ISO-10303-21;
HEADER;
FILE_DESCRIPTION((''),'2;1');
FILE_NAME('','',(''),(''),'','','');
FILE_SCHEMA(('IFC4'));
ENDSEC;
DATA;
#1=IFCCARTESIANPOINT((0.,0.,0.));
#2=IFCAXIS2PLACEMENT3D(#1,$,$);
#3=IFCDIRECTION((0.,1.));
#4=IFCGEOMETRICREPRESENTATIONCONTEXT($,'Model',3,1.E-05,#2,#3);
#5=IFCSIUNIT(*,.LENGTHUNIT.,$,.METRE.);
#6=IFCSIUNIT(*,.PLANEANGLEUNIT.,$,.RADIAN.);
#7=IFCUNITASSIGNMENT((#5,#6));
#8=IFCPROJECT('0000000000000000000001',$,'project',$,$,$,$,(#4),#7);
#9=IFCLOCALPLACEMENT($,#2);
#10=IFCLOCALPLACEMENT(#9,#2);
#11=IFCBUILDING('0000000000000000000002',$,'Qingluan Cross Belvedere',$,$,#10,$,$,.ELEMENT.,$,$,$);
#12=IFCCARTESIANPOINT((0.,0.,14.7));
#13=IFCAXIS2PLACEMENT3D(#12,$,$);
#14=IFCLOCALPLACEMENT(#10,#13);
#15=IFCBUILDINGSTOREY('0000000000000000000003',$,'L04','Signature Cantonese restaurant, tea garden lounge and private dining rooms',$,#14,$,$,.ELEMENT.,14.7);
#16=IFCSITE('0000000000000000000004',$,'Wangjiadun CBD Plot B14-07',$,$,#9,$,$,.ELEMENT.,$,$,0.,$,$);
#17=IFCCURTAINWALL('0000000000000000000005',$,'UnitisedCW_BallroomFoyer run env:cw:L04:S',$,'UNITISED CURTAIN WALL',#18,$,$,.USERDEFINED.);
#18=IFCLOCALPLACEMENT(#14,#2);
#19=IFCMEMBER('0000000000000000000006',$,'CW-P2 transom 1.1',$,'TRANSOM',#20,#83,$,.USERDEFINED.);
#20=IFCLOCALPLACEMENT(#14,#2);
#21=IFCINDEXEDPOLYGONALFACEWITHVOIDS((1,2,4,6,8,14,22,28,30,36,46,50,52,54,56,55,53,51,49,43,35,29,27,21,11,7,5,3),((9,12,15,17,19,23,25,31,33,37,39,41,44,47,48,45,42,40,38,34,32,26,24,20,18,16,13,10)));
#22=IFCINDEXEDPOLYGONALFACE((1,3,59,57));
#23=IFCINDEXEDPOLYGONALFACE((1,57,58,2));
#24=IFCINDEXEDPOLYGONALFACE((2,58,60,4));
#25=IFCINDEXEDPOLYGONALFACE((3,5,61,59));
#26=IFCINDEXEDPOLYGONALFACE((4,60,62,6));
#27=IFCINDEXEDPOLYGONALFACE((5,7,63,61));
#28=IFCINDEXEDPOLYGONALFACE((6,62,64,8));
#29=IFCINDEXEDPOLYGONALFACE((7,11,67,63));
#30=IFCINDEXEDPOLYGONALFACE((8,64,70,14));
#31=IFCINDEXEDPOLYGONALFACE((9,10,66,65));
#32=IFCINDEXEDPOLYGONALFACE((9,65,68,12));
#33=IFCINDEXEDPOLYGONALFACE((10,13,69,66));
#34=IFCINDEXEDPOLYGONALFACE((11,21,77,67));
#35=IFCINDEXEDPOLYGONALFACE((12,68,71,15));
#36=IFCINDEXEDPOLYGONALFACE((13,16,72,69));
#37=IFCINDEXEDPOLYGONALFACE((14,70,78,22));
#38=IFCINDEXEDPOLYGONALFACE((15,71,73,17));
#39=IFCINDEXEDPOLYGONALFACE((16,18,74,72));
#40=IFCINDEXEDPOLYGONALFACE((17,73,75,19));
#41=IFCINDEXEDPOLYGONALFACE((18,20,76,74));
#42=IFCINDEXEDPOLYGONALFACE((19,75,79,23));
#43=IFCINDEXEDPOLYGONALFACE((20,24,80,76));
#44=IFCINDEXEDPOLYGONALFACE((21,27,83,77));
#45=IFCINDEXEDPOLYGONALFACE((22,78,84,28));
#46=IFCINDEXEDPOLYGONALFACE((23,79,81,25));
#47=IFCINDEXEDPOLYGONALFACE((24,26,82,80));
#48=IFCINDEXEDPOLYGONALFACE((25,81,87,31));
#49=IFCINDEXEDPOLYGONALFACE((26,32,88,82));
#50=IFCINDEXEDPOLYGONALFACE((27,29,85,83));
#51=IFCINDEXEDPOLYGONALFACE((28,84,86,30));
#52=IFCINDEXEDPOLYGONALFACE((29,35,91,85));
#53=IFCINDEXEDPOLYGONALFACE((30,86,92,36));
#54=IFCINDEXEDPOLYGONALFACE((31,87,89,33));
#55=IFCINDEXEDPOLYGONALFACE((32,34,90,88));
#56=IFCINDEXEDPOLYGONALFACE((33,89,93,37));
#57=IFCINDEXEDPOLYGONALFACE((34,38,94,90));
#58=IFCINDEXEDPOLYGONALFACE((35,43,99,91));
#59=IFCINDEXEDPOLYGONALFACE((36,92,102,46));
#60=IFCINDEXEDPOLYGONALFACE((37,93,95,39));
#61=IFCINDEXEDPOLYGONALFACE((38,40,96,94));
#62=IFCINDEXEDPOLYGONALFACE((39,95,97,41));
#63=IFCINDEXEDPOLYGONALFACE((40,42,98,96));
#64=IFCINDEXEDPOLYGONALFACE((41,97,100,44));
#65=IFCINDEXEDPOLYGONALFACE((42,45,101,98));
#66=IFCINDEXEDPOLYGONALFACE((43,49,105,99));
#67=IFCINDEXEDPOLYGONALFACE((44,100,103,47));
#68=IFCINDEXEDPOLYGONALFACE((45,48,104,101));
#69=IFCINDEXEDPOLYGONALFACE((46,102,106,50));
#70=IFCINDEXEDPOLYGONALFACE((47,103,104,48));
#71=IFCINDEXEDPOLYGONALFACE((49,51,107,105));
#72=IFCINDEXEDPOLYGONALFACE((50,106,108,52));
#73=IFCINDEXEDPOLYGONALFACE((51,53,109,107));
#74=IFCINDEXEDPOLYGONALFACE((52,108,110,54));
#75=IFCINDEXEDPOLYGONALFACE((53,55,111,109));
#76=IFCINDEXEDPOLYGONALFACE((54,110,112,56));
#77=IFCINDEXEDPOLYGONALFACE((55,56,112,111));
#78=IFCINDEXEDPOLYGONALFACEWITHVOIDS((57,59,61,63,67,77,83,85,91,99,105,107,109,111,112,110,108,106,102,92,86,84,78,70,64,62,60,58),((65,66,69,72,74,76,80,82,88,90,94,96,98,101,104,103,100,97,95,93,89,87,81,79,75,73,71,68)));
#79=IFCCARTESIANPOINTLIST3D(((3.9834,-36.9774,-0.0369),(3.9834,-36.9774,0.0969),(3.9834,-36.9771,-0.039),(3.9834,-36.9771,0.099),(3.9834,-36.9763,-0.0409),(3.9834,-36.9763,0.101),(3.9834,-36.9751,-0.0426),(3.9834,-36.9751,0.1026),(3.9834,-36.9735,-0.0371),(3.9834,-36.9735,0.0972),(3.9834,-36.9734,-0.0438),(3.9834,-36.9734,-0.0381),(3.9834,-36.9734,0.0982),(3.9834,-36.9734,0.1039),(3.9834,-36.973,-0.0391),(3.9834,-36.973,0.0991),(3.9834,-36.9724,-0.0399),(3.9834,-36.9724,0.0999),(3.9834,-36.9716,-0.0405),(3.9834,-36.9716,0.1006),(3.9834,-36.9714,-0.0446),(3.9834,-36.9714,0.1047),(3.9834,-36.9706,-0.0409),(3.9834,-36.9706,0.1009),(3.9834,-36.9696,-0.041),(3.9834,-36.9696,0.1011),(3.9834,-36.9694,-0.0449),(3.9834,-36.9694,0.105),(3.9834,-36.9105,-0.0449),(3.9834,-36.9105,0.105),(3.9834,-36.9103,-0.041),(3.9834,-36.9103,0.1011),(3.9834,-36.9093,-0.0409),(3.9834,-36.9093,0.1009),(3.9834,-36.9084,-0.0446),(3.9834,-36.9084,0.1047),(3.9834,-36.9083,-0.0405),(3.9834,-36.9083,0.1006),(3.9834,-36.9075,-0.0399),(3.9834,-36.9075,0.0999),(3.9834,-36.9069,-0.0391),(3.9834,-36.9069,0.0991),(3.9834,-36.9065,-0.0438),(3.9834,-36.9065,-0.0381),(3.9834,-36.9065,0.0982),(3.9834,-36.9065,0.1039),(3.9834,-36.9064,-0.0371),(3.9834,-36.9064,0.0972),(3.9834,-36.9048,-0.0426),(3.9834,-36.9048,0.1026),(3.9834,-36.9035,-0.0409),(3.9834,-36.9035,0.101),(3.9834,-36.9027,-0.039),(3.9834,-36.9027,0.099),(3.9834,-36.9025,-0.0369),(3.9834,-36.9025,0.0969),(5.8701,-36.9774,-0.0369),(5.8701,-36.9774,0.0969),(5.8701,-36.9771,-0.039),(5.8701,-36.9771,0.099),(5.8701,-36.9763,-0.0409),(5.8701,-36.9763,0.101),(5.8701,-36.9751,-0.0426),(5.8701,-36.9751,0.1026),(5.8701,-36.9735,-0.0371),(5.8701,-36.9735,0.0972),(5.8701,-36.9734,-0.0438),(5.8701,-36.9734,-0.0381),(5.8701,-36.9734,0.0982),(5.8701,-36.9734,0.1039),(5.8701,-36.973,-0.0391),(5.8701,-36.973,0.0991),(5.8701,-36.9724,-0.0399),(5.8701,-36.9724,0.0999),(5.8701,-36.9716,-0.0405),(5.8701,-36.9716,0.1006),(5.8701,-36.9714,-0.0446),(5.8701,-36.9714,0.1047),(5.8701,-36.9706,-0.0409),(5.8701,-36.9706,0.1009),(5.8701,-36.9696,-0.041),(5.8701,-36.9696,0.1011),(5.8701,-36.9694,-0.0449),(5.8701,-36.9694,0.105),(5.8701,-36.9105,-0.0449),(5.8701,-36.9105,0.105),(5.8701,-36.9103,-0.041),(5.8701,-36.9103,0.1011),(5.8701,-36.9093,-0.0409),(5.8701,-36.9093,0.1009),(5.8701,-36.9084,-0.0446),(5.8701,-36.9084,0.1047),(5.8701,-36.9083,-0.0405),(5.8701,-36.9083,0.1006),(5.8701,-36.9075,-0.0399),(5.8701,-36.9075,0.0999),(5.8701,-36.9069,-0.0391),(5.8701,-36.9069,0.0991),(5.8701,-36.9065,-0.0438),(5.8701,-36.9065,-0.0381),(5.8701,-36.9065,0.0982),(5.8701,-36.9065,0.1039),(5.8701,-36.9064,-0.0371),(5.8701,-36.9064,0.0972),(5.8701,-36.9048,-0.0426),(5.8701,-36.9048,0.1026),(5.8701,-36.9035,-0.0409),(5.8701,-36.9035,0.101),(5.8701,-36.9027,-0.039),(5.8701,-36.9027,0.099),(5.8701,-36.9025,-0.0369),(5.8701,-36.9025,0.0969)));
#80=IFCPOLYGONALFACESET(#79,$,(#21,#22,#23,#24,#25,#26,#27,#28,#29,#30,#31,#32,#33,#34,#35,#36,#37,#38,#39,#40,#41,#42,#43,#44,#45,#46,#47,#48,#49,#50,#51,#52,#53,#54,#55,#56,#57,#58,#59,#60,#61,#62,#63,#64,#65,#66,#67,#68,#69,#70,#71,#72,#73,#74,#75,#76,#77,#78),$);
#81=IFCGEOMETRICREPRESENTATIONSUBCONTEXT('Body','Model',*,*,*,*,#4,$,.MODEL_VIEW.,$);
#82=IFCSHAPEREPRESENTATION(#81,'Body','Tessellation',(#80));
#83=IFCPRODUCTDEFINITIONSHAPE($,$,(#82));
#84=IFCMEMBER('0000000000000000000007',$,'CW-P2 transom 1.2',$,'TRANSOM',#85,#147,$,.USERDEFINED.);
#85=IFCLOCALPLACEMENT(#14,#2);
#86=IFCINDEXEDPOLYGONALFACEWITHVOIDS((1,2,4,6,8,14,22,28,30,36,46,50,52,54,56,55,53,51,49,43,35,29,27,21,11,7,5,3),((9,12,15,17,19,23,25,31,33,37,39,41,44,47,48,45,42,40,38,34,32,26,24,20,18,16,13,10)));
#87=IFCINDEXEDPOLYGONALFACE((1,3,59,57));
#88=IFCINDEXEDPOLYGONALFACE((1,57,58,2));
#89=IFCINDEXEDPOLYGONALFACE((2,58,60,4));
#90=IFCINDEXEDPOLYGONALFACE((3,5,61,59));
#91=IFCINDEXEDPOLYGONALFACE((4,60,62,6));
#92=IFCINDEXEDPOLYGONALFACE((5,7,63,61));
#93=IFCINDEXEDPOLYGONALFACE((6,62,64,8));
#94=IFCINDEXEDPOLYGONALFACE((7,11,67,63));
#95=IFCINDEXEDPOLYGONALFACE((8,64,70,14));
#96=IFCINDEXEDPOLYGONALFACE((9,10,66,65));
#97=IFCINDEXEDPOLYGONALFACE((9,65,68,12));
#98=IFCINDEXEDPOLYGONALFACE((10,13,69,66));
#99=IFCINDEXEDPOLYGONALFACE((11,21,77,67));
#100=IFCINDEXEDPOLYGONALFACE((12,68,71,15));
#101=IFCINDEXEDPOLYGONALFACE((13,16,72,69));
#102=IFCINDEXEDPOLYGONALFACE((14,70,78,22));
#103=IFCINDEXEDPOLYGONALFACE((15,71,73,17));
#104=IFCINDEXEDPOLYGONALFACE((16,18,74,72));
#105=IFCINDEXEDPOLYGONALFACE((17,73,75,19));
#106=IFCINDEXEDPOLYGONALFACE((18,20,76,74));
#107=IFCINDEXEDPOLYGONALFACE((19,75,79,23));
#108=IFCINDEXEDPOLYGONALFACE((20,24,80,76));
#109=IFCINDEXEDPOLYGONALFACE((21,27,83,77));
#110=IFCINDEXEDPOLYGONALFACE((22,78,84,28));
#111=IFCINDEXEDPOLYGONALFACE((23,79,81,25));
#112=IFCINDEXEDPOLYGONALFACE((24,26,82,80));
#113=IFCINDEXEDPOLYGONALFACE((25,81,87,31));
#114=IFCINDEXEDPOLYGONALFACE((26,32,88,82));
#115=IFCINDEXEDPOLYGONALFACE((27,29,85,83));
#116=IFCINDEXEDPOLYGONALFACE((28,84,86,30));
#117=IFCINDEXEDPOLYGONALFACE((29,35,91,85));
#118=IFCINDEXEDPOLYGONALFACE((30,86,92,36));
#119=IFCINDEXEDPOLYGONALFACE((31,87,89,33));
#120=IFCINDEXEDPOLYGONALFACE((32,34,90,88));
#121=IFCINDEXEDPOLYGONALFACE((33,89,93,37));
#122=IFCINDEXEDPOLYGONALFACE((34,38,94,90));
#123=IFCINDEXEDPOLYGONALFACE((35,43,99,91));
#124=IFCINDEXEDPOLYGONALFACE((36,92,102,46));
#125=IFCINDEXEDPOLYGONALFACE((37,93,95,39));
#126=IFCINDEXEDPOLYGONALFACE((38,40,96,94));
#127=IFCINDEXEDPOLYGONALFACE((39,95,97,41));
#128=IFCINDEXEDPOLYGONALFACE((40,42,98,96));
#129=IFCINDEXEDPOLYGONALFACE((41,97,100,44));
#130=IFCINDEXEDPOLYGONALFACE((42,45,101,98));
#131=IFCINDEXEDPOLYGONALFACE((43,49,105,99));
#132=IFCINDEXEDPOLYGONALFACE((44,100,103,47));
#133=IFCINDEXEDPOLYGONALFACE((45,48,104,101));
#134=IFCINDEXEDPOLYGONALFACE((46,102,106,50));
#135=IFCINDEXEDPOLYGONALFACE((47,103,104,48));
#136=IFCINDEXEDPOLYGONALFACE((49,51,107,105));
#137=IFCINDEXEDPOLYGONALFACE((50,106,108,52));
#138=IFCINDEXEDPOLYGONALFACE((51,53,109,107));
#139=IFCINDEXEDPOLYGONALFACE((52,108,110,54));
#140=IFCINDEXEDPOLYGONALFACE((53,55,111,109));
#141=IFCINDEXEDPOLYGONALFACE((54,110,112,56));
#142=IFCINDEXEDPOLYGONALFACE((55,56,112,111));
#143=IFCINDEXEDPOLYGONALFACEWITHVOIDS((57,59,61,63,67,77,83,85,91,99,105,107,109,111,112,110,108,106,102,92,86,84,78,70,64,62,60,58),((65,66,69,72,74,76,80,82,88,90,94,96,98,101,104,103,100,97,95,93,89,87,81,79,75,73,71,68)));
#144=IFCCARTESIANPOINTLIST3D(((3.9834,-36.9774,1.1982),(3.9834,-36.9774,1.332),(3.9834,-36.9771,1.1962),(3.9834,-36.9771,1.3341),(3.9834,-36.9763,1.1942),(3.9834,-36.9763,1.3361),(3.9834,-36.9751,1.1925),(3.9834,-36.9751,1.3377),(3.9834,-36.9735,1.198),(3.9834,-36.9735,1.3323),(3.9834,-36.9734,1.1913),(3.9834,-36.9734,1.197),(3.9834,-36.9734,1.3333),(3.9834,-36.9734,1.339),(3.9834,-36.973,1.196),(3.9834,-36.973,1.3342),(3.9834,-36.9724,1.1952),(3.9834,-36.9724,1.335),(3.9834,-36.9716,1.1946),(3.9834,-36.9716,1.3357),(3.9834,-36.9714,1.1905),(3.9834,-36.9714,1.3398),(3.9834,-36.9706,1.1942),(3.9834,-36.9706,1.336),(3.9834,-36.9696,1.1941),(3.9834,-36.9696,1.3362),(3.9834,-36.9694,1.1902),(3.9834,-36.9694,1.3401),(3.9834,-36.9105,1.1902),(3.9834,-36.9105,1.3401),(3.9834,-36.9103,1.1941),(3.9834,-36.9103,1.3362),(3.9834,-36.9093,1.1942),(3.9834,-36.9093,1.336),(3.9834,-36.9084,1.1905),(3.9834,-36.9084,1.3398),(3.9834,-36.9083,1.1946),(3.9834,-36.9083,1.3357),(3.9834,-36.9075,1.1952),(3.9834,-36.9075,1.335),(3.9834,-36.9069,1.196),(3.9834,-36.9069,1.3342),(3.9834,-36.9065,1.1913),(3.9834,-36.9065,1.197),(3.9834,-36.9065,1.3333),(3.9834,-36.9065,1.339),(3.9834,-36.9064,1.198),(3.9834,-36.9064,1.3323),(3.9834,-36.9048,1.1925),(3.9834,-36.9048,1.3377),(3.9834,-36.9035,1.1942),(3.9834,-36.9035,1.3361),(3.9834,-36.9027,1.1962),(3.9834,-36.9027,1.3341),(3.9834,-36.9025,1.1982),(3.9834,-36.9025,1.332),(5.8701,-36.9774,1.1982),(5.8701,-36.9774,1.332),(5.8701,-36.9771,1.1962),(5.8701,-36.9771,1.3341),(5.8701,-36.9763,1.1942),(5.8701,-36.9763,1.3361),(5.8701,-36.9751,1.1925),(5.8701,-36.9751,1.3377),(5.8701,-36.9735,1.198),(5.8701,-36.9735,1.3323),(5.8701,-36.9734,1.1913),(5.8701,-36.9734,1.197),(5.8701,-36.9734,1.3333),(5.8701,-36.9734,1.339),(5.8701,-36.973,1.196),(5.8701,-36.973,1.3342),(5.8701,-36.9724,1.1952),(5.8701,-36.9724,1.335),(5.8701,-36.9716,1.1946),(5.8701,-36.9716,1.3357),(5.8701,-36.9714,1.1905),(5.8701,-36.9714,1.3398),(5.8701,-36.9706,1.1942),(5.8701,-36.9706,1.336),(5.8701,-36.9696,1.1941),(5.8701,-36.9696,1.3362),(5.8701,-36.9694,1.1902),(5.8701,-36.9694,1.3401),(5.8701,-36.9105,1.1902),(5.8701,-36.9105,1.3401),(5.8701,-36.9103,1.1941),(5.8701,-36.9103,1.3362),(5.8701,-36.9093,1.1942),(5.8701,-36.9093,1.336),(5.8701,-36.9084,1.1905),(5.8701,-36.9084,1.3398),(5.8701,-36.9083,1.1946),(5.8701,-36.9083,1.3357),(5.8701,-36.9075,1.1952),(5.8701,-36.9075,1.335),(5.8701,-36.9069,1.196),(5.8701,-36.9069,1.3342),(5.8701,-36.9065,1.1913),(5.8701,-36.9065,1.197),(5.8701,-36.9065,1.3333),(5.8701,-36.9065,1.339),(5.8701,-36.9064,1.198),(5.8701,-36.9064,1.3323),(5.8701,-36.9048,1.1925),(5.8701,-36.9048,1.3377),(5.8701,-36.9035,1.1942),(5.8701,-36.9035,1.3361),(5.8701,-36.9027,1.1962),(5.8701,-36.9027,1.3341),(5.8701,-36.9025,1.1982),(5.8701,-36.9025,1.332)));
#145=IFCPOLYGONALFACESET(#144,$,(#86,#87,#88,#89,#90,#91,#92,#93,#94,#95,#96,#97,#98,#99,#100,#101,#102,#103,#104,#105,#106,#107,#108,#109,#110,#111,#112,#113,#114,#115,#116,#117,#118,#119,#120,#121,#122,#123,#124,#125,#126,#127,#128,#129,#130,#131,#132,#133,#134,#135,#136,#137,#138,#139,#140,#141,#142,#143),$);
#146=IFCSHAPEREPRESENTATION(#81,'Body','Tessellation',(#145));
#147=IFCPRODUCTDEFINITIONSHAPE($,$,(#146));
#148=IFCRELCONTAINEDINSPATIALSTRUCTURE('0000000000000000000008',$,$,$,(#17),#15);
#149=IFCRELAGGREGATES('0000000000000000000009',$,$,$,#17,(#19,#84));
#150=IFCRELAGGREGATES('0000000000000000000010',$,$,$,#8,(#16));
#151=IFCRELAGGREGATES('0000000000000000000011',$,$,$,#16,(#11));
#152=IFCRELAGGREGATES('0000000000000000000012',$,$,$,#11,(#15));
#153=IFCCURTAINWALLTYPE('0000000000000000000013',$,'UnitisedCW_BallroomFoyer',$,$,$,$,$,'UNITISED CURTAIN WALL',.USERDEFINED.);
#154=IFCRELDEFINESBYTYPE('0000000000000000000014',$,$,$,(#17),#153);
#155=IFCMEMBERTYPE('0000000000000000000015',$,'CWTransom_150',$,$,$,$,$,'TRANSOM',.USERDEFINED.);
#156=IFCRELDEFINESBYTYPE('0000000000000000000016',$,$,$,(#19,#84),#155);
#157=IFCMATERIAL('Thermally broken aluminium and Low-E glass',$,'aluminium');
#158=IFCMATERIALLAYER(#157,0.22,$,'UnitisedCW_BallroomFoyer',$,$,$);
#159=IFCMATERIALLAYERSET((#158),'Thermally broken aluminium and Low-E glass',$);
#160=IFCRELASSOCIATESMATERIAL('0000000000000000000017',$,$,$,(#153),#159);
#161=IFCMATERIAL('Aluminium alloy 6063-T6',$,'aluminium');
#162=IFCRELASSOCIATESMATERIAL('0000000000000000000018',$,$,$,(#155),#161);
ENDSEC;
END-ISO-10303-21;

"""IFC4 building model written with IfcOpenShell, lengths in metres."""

from ifc_helpers import new_model, si_unit, direction, frame, origin, origin_2d, place, context, subcontext, project, spatial, hollow_rectangle, extrude, material, layer, layer_set, material_profile, profile_set, type_object, element, aggregate, save


model = new_model("IFC4")

# Units and contexts
model_context = context("Model", 3, precision=1e-05, world=origin(), true_north=direction((0.0, 1.0)))
body_context = subcontext(model_context, "Body", "Model", "MODEL_VIEW")
ifc_project = project(units=[si_unit("LENGTHUNIT", "METRE"), si_unit("PLANEANGLEUNIT", "RADIAN")], contexts=[model_context])

# Site, building, storey
site_placement = place(None, origin())
site = spatial("IfcSite", under=ifc_project, at=site_placement, Name="Wangjiadun CBD Plot B14-07", CompositionType="ELEMENT", RefElevation=0.0)
building_placement = place(site_placement, origin())
building = spatial("IfcBuilding", under=site, at=building_placement, Name="Qingluan Cross Belvedere", CompositionType="ELEMENT")
storey_placement = place(building_placement, frame((0.0, 0.0, 14.7)))
storey = spatial("IfcBuildingStorey", under=building, at=storey_placement, Name="L04", Description="Signature Cantonese restaurant, tea garden lounge and private dining rooms", CompositionType="ELEMENT", Elevation=14.7)

# Curtain wall, members
ifc_material_1 = material(Name="Thermally broken aluminium and Low-E glass", Category="aluminium")
ifc_layer_1 = layer(ifc_material_1, 0.22, Name="UnitisedCW_BallroomFoyer")
ifc_layer_set_1 = layer_set([ifc_layer_1], Name="Thermally broken aluminium and Low-E glass")
curtain_wall_type = type_object("IfcCurtainWallType", Name="UnitisedCW_BallroomFoyer", ElementType="UNITISED CURTAIN WALL", PredefinedType="USERDEFINED", material=ifc_layer_set_1)
curtain_wall_placement = place(storey_placement, origin())
curtain_wall = element("IfcCurtainWall", 1, at=curtain_wall_placement, inside=storey, type_object=curtain_wall_type, Name="UnitisedCW_BallroomFoyer run env:cw:L04:S", ObjectType="UNITISED CURTAIN WALL", PredefinedType="USERDEFINED")
ifc_material_2 = material(Name="Aluminium alloy 6063-T6", Category="aluminium")
ifc_material_profile_1 = material_profile(ifc_material_2, hollow_rectangle(XDim=0.075, YDim=0.1499, WallThickness=0.0039, InnerFilletRadius=0.0039, OuterFilletRadius=0.0081, at=origin_2d()), Name="CWT150x75x4")
ifc_profile_set_1 = profile_set([ifc_material_profile_1], Name="Aluminium alloy 6063-T6")
member_type_1 = type_object("IfcMemberType", Name="CWTransom_150", ElementType="TRANSOM", PredefinedType="USERDEFINED", material=ifc_profile_set_1)
member_1_placement = place(storey_placement, frame((5.8701, -36.9399, 0.03), z_axis=(-1.0, 0.0, 0.0), x_axis=(0.0, -1.0, 0.0)))
member_1 = element("IfcMember", 2, at=member_1_placement, type_object=member_type_1, Name="CW-P2 transom 1.1", ObjectType="TRANSOM", PredefinedType="USERDEFINED", context=body_context, shape_type="SweptSolid", body=[
    extrude(hollow_rectangle(XDim=0.075, YDim=0.1499, WallThickness=0.0039, InnerFilletRadius=0.0039, OuterFilletRadius=0.0081, at=origin_2d()), origin(), (0.0, 0.0, 1.0), 1.8867),
])
member_2_placement = place(storey_placement, frame((5.8701, -36.9399, 1.2651), z_axis=(-1.0, 0.0, 0.0), x_axis=(0.0, -1.0, 0.0)))
member_2 = element("IfcMember", 3, at=member_2_placement, type_object=member_type_1, Name="CW-P2 transom 1.2", ObjectType="TRANSOM", PredefinedType="USERDEFINED", context=body_context, shape_type="SweptSolid", body=[
    extrude(hollow_rectangle(XDim=0.075, YDim=0.1499, WallThickness=0.0039, InnerFilletRadius=0.0039, OuterFilletRadius=0.0081, at=origin_2d()), origin(), (0.0, 0.0, 1.0), 1.8867),
])
aggregate(curtain_wall, [member_1, member_2])

save(model, "model.ifc")
